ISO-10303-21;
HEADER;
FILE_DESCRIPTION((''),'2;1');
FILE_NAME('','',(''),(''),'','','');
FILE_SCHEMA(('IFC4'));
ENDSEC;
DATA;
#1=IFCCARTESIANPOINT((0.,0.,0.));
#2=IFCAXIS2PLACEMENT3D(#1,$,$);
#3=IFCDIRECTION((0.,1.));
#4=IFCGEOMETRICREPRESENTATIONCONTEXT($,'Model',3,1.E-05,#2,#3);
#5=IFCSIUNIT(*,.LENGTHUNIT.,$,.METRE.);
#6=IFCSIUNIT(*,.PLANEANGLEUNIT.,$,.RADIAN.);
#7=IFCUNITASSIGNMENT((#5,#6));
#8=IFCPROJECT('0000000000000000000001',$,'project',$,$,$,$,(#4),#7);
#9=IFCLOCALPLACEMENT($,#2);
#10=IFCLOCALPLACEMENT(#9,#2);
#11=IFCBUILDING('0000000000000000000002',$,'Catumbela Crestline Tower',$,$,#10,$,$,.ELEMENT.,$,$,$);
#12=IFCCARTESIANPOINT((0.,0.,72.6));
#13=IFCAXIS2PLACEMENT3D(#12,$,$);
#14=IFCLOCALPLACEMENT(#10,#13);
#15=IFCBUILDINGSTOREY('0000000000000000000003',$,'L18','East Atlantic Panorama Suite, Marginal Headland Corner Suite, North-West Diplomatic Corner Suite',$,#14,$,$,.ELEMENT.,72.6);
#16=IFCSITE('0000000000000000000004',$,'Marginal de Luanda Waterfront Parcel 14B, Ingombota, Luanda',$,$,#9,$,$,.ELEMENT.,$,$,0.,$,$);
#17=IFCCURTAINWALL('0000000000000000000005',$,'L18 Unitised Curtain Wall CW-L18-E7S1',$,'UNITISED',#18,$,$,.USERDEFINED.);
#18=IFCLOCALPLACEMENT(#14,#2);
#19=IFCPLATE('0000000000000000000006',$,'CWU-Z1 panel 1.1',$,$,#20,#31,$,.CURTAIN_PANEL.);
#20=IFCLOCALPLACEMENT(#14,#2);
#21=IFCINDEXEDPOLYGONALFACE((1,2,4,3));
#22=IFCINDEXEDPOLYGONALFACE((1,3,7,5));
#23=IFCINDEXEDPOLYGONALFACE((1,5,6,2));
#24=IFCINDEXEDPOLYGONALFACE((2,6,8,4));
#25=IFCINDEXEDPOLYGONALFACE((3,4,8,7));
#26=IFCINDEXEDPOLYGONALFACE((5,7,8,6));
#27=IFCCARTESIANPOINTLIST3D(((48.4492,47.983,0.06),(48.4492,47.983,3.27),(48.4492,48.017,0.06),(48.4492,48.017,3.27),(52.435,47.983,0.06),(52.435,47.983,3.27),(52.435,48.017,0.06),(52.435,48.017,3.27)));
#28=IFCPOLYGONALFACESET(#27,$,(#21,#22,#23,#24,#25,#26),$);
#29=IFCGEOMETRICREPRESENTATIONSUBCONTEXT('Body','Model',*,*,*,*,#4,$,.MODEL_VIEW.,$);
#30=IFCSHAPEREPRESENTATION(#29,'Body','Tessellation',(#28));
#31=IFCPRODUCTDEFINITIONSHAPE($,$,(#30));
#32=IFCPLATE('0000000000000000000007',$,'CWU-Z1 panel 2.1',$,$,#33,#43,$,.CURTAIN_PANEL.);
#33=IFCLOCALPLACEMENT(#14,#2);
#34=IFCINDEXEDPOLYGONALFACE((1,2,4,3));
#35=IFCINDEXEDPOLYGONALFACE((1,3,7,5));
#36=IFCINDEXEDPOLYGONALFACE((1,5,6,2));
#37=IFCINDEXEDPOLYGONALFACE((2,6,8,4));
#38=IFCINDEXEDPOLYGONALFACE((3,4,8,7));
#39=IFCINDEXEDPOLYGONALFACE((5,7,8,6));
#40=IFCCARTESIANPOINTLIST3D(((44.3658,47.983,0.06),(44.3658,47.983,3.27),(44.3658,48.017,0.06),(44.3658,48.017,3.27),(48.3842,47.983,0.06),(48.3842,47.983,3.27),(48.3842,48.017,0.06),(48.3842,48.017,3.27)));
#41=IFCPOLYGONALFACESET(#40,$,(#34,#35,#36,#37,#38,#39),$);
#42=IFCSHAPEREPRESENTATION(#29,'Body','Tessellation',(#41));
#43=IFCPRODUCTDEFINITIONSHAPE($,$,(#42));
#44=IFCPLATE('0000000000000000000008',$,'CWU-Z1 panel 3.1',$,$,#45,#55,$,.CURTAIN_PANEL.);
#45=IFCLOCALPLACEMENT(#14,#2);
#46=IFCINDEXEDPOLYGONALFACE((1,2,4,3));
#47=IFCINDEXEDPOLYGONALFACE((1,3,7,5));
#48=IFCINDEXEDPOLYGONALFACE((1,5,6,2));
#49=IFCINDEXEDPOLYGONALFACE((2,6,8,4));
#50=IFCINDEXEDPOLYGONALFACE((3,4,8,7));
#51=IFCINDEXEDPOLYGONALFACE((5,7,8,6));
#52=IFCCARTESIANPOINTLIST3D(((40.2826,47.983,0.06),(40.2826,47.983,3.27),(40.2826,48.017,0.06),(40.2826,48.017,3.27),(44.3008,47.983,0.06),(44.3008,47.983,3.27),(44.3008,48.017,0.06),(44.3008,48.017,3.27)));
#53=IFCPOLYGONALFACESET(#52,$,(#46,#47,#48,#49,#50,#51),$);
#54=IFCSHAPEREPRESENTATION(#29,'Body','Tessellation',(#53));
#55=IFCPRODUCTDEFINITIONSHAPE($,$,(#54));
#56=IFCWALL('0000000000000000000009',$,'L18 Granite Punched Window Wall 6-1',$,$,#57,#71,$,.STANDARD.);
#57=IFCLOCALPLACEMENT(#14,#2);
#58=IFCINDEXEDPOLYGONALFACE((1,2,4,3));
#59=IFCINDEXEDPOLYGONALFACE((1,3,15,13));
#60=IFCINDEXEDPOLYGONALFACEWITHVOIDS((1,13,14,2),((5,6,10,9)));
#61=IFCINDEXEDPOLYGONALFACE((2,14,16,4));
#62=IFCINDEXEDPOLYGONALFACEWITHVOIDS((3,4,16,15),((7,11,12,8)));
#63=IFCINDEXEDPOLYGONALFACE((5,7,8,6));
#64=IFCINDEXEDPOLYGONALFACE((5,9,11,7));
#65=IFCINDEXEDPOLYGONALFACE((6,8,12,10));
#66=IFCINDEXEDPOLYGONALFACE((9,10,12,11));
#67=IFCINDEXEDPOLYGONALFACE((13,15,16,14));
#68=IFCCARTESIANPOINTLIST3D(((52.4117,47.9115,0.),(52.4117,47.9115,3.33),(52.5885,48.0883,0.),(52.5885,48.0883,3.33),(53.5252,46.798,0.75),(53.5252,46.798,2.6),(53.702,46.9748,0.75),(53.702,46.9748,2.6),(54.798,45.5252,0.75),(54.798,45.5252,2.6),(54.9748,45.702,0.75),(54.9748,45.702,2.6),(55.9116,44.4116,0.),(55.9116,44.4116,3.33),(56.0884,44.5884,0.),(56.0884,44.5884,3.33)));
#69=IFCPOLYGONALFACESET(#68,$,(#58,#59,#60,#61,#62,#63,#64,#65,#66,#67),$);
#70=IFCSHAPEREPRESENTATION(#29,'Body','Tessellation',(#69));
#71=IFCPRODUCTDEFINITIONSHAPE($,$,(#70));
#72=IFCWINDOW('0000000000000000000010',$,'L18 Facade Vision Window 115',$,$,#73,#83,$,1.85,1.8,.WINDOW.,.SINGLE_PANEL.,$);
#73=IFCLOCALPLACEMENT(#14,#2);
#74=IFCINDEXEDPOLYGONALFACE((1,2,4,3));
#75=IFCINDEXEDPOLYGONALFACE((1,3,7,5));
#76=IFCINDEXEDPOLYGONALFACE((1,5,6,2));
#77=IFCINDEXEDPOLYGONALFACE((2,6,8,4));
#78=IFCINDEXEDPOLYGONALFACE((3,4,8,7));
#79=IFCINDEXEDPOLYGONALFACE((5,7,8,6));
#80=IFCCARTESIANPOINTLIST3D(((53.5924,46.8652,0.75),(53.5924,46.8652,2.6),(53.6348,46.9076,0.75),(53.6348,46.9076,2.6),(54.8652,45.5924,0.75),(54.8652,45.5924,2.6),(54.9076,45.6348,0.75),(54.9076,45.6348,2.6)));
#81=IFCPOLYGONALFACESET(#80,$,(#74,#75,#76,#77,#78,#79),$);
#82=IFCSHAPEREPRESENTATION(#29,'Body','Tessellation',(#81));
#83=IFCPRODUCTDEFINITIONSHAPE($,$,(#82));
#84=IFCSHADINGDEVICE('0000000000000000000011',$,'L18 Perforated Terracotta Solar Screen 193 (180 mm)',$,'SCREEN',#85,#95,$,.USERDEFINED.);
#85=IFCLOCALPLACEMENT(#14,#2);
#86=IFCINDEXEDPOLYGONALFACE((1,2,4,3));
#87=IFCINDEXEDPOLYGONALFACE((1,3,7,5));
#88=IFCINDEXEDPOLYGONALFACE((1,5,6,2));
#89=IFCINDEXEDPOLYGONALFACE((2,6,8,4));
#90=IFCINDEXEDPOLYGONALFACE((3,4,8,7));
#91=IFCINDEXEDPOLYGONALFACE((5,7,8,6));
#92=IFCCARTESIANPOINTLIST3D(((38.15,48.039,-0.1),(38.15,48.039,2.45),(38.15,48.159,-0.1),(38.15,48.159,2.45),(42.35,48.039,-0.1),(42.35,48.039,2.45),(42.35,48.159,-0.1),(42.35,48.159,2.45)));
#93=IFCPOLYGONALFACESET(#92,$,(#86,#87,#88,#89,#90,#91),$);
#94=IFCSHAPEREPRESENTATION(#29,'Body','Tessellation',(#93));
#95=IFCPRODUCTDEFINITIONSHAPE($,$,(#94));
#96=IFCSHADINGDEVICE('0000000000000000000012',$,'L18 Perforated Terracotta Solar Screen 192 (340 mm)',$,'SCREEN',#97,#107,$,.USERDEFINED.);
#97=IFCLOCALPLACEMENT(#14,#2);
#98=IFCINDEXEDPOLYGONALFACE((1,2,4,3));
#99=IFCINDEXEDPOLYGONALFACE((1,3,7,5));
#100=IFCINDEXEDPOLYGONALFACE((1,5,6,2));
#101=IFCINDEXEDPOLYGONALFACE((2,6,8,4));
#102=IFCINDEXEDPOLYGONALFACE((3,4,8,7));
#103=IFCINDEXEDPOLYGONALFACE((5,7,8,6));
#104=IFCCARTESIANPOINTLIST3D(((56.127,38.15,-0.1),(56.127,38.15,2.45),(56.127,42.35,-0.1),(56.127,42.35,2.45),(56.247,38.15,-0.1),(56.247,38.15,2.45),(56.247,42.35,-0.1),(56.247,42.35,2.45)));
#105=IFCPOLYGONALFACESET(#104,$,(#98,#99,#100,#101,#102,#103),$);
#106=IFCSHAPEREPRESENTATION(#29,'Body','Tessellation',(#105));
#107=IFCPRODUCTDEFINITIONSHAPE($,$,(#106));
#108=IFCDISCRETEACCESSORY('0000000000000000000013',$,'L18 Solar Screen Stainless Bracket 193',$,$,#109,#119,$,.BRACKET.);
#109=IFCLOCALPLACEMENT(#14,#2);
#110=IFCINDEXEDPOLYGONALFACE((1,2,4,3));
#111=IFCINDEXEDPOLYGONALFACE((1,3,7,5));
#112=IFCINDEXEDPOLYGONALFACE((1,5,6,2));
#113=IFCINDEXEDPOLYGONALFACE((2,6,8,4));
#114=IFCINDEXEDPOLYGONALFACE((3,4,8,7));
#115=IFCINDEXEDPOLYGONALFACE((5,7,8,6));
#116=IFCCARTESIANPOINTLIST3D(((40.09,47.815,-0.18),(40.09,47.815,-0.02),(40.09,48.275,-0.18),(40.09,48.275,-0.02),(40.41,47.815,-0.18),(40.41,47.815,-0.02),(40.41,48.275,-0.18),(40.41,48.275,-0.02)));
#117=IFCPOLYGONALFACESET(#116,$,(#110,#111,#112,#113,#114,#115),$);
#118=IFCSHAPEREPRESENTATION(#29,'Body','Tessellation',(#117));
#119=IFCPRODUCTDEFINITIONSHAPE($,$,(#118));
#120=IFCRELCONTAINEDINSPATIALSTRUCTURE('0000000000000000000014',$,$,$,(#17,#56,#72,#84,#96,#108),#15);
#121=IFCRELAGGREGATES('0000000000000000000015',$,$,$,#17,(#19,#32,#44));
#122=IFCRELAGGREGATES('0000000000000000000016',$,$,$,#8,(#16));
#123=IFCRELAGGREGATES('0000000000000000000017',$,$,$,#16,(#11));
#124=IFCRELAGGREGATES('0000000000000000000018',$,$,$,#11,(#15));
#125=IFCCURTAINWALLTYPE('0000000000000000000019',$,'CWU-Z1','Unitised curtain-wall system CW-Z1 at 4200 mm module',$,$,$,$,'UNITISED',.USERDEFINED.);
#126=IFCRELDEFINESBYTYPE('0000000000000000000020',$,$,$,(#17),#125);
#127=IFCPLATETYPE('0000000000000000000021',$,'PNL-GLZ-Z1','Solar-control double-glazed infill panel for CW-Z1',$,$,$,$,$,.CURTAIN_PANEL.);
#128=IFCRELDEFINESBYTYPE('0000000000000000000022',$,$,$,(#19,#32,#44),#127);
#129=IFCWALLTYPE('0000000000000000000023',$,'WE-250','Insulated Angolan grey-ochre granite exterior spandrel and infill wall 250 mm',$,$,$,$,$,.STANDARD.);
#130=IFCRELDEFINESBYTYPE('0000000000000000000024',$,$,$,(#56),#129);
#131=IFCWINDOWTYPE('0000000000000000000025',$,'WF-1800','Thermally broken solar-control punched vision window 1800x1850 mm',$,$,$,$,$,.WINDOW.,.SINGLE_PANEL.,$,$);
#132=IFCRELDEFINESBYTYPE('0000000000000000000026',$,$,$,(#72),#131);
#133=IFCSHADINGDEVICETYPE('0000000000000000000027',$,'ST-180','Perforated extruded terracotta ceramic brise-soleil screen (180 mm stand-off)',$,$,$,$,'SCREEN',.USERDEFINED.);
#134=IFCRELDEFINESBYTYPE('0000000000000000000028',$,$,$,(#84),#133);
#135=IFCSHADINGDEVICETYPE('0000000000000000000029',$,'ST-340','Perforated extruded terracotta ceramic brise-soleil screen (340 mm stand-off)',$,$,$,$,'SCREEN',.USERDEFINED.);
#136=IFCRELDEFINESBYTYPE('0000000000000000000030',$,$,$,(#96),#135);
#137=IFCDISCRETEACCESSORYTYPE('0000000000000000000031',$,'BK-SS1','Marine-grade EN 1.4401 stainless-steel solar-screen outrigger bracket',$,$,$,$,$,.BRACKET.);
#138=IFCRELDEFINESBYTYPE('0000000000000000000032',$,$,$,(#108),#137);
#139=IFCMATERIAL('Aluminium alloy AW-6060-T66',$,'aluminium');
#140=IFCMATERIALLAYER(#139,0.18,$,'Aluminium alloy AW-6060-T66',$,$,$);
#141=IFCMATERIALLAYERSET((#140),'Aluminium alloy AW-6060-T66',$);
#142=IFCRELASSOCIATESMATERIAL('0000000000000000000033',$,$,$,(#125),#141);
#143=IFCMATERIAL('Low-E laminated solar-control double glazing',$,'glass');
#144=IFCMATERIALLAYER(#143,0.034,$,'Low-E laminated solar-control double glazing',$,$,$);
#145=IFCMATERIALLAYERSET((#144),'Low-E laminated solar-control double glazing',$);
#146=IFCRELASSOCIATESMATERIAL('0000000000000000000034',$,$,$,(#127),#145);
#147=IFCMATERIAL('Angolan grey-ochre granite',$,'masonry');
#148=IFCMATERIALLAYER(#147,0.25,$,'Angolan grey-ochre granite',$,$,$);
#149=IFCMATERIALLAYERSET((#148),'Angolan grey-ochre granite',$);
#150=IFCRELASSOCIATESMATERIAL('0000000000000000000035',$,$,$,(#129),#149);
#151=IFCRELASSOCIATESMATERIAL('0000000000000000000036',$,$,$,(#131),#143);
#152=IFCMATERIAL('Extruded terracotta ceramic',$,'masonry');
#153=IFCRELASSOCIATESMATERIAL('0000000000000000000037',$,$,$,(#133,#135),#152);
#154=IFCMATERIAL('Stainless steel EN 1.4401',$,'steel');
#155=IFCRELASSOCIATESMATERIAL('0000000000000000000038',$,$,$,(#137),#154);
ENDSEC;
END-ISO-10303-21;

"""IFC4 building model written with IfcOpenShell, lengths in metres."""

from ifc_helpers import new_model, si_unit, direction, frame, frame_2d, origin, origin_2d, place, context, subcontext, project, spatial, rectangle, extrude, material, layer, layer_set, type_object, element, fill, aggregate, save


model = new_model("IFC4")

# Units and contexts
model_context = context("Model", 3, precision=1e-05, world=origin(), true_north=direction((0.0, 1.0)))
body_context = subcontext(model_context, "Body", "Model", "MODEL_VIEW")
ifc_project = project(units=[si_unit("LENGTHUNIT", "METRE"), si_unit("PLANEANGLEUNIT", "RADIAN")], contexts=[model_context])

# Site, building, storey
site_placement = place(None, origin())
site = spatial("IfcSite", under=ifc_project, at=site_placement, Name="Marginal de Luanda Waterfront Parcel 14B, Ingombota, Luanda", CompositionType="ELEMENT", RefElevation=0.0)
building_placement = place(site_placement, origin())
building = spatial("IfcBuilding", under=site, at=building_placement, Name="Catumbela Crestline Tower", CompositionType="ELEMENT")
storey_placement = place(building_placement, frame((0.0, 0.0, 72.6)))
storey = spatial("IfcBuildingStorey", under=building, at=storey_placement, Name="L18", Description="East Atlantic Panorama Suite, Marginal Headland Corner Suite, North-West Diplomatic Corner Suite", CompositionType="ELEMENT", Elevation=72.6)

# Shared definitions
ifc_material_1 = material(Name="Aluminium alloy AW-6060-T66", Category="aluminium")
ifc_layer_1 = layer(ifc_material_1, 0.18, Name="Aluminium alloy AW-6060-T66")
ifc_layer_set_1 = layer_set([ifc_layer_1], Name="Aluminium alloy AW-6060-T66")
curtain_wall_type = type_object("IfcCurtainWallType", Name="CWU-Z1", Description="Unitised curtain-wall system CW-Z1 at 4200 mm module", ElementType="UNITISED", PredefinedType="USERDEFINED", material=ifc_layer_set_1)

# Curtain wall
curtain_wall_1_placement = place(storey_placement, origin())
curtain_wall_1 = element("IfcCurtainWall", 1, at=curtain_wall_1_placement, inside=storey, type_object=curtain_wall_type, Name="L18 Unitised Curtain Wall CW-L18-E7S1", ObjectType="UNITISED", PredefinedType="USERDEFINED")

# Plates
ifc_material_2 = material(Name="Low-E laminated solar-control double glazing", Category="glass")
ifc_layer_2 = layer(ifc_material_2, 0.034, Name="Low-E laminated solar-control double glazing")
ifc_layer_set_2 = layer_set([ifc_layer_2], Name="Low-E laminated solar-control double glazing")
plate_type = type_object("IfcPlateType", Name="PNL-GLZ-Z1", Description="Solar-control double-glazed infill panel for CW-Z1", PredefinedType="CURTAIN_PANEL", material=ifc_layer_set_2)
plate_1_placement = place(storey_placement, frame((50.4421, 48.0, 0.06), z_axis=(0.0, 0.0, 1.0), x_axis=(-1.0, 0.0, 0.0)))
plate_1 = element("IfcPlate", 2, at=plate_1_placement, type_object=plate_type, Name="CWU-Z1 panel 1.1", PredefinedType="CURTAIN_PANEL", context=body_context, shape_type="SweptSolid", body=[
    extrude(rectangle(XDim=3.9858, YDim=0.034, at=origin_2d()), origin(), (0.0, 0.0, 1.0), 3.21),
])
plate_2_placement = place(storey_placement, frame((46.375, 48.0, 0.06), z_axis=(0.0, 0.0, 1.0), x_axis=(-1.0, 0.0, 0.0)))
plate_2 = element("IfcPlate", 3, at=plate_2_placement, type_object=plate_type, Name="CWU-Z1 panel 2.1", PredefinedType="CURTAIN_PANEL", context=body_context, shape_type="SweptSolid", body=[
    extrude(rectangle(XDim=4.0183, YDim=0.034, at=origin_2d()), origin(), (0.0, 0.0, 1.0), 3.21),
])
plate_3_placement = place(storey_placement, frame((42.2917, 48.0, 0.06), z_axis=(0.0, 0.0, 1.0), x_axis=(-1.0, 0.0, 0.0)))
plate_3 = element("IfcPlate", 4, at=plate_3_placement, type_object=plate_type, Name="CWU-Z1 panel 3.1", PredefinedType="CURTAIN_PANEL", context=body_context, shape_type="SweptSolid", body=[
    extrude(rectangle(XDim=4.0183, YDim=0.034, at=origin_2d()), origin(), (0.0, 0.0, 1.0), 3.21),
])
aggregate(curtain_wall_1, [plate_1, plate_2, plate_3])

# Wall, opening, window
ifc_material_3 = material(Name="Angolan grey-ochre granite", Category="masonry")
ifc_layer_3 = layer(ifc_material_3, 0.25, Name="Angolan grey-ochre granite")
ifc_layer_set_3 = layer_set([ifc_layer_3], Name="Angolan grey-ochre granite")
wall_type = type_object("IfcWallType", Name="WE-250", Description="Insulated Angolan grey-ochre granite exterior spandrel and infill wall 250 mm", PredefinedType="STANDARD", material=ifc_layer_set_3)
wall_placement = place(storey_placement, frame((56.0, 44.5, 0.0), z_axis=(0.0, 0.0, 1.0), x_axis=(-0.707107, 0.707107, 0.0)))
wall = element("IfcWall", 5, at=wall_placement, inside=storey, type_object=wall_type, Name="L18 Granite Punched Window Wall 6-1", PredefinedType="STANDARD", context=body_context, shape_type="SweptSolid", body=[
    extrude(rectangle(XDim=4.9497, YDim=0.25, at=frame_2d((2.4748, 0.0))), origin(), (0.0, 0.0, 1.0), 3.33),
])
opening_placement = place(wall_placement, frame((1.5749, 0.0, 0.75)))
opening = element("IfcOpeningElement", 6, at=opening_placement, cuts=wall, PredefinedType="OPENING", context=body_context, shape_type="SweptSolid", body=[
    extrude(rectangle(XDim=1.8, YDim=1.85, at=frame_2d((0.9, 0.925))), frame((0.0, 0.135, 0.0), z_axis=(0.0, -1.0, 0.0), x_axis=(1.0, 0.0, 0.0)), (0.0, 0.0, 1.0), 0.27),
])
window_type = type_object("IfcWindowType", Name="WF-1800", Description="Thermally broken solar-control punched vision window 1800x1850 mm", PartitioningType="SINGLE_PANEL", PredefinedType="WINDOW", material=ifc_material_2)
window_placement = place(opening_placement, origin())
window = element("IfcWindow", 7, at=window_placement, inside=storey, type_object=window_type, Name="L18 Facade Vision Window 115", OverallHeight=1.85, OverallWidth=1.8, PartitioningType="SINGLE_PANEL", PredefinedType="WINDOW", context=body_context, shape_type="SweptSolid", body=[
    extrude(rectangle(XDim=1.8, YDim=1.85, at=frame_2d((0.9, 0.925))), frame((0.0, 0.03, 0.0), z_axis=(0.0, -1.0, 0.0), x_axis=(1.0, 0.0, 0.0)), (0.0, 0.0, 1.0), 0.06),
])
fill(opening, window)

# Shading devices
ifc_material_4 = material(Name="Extruded terracotta ceramic", Category="masonry")
shading_device_type_1 = type_object("IfcShadingDeviceType", Name="ST-180", Description="Perforated extruded terracotta ceramic brise-soleil screen (180 mm stand-off)", ElementType="SCREEN", PredefinedType="USERDEFINED", material=ifc_material_4)
shading_device_1_placement = place(storey_placement, frame((40.25, 48.099, -0.1), z_axis=(0.0, 0.0, 1.0), x_axis=(-1.0, 0.0, 0.0)))
element("IfcShadingDevice", 8, at=shading_device_1_placement, inside=storey, type_object=shading_device_type_1, Name="L18 Perforated Terracotta Solar Screen 193 (180 mm)", ObjectType="SCREEN", PredefinedType="USERDEFINED", context=body_context, shape_type="SweptSolid", body=[
    extrude(rectangle(XDim=4.2, YDim=0.12, at=origin_2d()), origin(), (0.0, 0.0, 1.0), 2.55),
])
shading_device_type_2 = type_object("IfcShadingDeviceType", Name="ST-340", Description="Perforated extruded terracotta ceramic brise-soleil screen (340 mm stand-off)", ElementType="SCREEN", PredefinedType="USERDEFINED", material=ifc_material_4)
shading_device_2_placement = place(storey_placement, frame((56.187, 40.25, -0.1), z_axis=(0.0, 0.0, 1.0), x_axis=(0.0, 1.0, 0.0)))
element("IfcShadingDevice", 9, at=shading_device_2_placement, inside=storey, type_object=shading_device_type_2, Name="L18 Perforated Terracotta Solar Screen 192 (340 mm)", ObjectType="SCREEN", PredefinedType="USERDEFINED", context=body_context, shape_type="SweptSolid", body=[
    extrude(rectangle(XDim=4.2, YDim=0.12, at=origin_2d()), origin(), (0.0, 0.0, 1.0), 2.55),
])

# Discrete accessory
ifc_material_5 = material(Name="Stainless steel EN 1.4401", Category="steel")
discrete_accessory_type = type_object("IfcDiscreteAccessoryType", Name="BK-SS1", Description="Marine-grade EN 1.4401 stainless-steel solar-screen outrigger bracket", PredefinedType="BRACKET", material=ifc_material_5)
discrete_accessory_placement = place(storey_placement, frame((40.25, 48.045, -0.18), z_axis=(0.0, 0.0, 1.0), x_axis=(-1.0, 0.0, 0.0)))
element("IfcDiscreteAccessory", 10, at=discrete_accessory_placement, inside=storey, type_object=discrete_accessory_type, Name="L18 Solar Screen Stainless Bracket 193", PredefinedType="BRACKET", context=body_context, shape_type="SweptSolid", body=[
    extrude(rectangle(XDim=0.32, YDim=0.46, at=origin_2d()), origin(), (0.0, 0.0, 1.0), 0.16),
])

save(model, "model.ifc")
